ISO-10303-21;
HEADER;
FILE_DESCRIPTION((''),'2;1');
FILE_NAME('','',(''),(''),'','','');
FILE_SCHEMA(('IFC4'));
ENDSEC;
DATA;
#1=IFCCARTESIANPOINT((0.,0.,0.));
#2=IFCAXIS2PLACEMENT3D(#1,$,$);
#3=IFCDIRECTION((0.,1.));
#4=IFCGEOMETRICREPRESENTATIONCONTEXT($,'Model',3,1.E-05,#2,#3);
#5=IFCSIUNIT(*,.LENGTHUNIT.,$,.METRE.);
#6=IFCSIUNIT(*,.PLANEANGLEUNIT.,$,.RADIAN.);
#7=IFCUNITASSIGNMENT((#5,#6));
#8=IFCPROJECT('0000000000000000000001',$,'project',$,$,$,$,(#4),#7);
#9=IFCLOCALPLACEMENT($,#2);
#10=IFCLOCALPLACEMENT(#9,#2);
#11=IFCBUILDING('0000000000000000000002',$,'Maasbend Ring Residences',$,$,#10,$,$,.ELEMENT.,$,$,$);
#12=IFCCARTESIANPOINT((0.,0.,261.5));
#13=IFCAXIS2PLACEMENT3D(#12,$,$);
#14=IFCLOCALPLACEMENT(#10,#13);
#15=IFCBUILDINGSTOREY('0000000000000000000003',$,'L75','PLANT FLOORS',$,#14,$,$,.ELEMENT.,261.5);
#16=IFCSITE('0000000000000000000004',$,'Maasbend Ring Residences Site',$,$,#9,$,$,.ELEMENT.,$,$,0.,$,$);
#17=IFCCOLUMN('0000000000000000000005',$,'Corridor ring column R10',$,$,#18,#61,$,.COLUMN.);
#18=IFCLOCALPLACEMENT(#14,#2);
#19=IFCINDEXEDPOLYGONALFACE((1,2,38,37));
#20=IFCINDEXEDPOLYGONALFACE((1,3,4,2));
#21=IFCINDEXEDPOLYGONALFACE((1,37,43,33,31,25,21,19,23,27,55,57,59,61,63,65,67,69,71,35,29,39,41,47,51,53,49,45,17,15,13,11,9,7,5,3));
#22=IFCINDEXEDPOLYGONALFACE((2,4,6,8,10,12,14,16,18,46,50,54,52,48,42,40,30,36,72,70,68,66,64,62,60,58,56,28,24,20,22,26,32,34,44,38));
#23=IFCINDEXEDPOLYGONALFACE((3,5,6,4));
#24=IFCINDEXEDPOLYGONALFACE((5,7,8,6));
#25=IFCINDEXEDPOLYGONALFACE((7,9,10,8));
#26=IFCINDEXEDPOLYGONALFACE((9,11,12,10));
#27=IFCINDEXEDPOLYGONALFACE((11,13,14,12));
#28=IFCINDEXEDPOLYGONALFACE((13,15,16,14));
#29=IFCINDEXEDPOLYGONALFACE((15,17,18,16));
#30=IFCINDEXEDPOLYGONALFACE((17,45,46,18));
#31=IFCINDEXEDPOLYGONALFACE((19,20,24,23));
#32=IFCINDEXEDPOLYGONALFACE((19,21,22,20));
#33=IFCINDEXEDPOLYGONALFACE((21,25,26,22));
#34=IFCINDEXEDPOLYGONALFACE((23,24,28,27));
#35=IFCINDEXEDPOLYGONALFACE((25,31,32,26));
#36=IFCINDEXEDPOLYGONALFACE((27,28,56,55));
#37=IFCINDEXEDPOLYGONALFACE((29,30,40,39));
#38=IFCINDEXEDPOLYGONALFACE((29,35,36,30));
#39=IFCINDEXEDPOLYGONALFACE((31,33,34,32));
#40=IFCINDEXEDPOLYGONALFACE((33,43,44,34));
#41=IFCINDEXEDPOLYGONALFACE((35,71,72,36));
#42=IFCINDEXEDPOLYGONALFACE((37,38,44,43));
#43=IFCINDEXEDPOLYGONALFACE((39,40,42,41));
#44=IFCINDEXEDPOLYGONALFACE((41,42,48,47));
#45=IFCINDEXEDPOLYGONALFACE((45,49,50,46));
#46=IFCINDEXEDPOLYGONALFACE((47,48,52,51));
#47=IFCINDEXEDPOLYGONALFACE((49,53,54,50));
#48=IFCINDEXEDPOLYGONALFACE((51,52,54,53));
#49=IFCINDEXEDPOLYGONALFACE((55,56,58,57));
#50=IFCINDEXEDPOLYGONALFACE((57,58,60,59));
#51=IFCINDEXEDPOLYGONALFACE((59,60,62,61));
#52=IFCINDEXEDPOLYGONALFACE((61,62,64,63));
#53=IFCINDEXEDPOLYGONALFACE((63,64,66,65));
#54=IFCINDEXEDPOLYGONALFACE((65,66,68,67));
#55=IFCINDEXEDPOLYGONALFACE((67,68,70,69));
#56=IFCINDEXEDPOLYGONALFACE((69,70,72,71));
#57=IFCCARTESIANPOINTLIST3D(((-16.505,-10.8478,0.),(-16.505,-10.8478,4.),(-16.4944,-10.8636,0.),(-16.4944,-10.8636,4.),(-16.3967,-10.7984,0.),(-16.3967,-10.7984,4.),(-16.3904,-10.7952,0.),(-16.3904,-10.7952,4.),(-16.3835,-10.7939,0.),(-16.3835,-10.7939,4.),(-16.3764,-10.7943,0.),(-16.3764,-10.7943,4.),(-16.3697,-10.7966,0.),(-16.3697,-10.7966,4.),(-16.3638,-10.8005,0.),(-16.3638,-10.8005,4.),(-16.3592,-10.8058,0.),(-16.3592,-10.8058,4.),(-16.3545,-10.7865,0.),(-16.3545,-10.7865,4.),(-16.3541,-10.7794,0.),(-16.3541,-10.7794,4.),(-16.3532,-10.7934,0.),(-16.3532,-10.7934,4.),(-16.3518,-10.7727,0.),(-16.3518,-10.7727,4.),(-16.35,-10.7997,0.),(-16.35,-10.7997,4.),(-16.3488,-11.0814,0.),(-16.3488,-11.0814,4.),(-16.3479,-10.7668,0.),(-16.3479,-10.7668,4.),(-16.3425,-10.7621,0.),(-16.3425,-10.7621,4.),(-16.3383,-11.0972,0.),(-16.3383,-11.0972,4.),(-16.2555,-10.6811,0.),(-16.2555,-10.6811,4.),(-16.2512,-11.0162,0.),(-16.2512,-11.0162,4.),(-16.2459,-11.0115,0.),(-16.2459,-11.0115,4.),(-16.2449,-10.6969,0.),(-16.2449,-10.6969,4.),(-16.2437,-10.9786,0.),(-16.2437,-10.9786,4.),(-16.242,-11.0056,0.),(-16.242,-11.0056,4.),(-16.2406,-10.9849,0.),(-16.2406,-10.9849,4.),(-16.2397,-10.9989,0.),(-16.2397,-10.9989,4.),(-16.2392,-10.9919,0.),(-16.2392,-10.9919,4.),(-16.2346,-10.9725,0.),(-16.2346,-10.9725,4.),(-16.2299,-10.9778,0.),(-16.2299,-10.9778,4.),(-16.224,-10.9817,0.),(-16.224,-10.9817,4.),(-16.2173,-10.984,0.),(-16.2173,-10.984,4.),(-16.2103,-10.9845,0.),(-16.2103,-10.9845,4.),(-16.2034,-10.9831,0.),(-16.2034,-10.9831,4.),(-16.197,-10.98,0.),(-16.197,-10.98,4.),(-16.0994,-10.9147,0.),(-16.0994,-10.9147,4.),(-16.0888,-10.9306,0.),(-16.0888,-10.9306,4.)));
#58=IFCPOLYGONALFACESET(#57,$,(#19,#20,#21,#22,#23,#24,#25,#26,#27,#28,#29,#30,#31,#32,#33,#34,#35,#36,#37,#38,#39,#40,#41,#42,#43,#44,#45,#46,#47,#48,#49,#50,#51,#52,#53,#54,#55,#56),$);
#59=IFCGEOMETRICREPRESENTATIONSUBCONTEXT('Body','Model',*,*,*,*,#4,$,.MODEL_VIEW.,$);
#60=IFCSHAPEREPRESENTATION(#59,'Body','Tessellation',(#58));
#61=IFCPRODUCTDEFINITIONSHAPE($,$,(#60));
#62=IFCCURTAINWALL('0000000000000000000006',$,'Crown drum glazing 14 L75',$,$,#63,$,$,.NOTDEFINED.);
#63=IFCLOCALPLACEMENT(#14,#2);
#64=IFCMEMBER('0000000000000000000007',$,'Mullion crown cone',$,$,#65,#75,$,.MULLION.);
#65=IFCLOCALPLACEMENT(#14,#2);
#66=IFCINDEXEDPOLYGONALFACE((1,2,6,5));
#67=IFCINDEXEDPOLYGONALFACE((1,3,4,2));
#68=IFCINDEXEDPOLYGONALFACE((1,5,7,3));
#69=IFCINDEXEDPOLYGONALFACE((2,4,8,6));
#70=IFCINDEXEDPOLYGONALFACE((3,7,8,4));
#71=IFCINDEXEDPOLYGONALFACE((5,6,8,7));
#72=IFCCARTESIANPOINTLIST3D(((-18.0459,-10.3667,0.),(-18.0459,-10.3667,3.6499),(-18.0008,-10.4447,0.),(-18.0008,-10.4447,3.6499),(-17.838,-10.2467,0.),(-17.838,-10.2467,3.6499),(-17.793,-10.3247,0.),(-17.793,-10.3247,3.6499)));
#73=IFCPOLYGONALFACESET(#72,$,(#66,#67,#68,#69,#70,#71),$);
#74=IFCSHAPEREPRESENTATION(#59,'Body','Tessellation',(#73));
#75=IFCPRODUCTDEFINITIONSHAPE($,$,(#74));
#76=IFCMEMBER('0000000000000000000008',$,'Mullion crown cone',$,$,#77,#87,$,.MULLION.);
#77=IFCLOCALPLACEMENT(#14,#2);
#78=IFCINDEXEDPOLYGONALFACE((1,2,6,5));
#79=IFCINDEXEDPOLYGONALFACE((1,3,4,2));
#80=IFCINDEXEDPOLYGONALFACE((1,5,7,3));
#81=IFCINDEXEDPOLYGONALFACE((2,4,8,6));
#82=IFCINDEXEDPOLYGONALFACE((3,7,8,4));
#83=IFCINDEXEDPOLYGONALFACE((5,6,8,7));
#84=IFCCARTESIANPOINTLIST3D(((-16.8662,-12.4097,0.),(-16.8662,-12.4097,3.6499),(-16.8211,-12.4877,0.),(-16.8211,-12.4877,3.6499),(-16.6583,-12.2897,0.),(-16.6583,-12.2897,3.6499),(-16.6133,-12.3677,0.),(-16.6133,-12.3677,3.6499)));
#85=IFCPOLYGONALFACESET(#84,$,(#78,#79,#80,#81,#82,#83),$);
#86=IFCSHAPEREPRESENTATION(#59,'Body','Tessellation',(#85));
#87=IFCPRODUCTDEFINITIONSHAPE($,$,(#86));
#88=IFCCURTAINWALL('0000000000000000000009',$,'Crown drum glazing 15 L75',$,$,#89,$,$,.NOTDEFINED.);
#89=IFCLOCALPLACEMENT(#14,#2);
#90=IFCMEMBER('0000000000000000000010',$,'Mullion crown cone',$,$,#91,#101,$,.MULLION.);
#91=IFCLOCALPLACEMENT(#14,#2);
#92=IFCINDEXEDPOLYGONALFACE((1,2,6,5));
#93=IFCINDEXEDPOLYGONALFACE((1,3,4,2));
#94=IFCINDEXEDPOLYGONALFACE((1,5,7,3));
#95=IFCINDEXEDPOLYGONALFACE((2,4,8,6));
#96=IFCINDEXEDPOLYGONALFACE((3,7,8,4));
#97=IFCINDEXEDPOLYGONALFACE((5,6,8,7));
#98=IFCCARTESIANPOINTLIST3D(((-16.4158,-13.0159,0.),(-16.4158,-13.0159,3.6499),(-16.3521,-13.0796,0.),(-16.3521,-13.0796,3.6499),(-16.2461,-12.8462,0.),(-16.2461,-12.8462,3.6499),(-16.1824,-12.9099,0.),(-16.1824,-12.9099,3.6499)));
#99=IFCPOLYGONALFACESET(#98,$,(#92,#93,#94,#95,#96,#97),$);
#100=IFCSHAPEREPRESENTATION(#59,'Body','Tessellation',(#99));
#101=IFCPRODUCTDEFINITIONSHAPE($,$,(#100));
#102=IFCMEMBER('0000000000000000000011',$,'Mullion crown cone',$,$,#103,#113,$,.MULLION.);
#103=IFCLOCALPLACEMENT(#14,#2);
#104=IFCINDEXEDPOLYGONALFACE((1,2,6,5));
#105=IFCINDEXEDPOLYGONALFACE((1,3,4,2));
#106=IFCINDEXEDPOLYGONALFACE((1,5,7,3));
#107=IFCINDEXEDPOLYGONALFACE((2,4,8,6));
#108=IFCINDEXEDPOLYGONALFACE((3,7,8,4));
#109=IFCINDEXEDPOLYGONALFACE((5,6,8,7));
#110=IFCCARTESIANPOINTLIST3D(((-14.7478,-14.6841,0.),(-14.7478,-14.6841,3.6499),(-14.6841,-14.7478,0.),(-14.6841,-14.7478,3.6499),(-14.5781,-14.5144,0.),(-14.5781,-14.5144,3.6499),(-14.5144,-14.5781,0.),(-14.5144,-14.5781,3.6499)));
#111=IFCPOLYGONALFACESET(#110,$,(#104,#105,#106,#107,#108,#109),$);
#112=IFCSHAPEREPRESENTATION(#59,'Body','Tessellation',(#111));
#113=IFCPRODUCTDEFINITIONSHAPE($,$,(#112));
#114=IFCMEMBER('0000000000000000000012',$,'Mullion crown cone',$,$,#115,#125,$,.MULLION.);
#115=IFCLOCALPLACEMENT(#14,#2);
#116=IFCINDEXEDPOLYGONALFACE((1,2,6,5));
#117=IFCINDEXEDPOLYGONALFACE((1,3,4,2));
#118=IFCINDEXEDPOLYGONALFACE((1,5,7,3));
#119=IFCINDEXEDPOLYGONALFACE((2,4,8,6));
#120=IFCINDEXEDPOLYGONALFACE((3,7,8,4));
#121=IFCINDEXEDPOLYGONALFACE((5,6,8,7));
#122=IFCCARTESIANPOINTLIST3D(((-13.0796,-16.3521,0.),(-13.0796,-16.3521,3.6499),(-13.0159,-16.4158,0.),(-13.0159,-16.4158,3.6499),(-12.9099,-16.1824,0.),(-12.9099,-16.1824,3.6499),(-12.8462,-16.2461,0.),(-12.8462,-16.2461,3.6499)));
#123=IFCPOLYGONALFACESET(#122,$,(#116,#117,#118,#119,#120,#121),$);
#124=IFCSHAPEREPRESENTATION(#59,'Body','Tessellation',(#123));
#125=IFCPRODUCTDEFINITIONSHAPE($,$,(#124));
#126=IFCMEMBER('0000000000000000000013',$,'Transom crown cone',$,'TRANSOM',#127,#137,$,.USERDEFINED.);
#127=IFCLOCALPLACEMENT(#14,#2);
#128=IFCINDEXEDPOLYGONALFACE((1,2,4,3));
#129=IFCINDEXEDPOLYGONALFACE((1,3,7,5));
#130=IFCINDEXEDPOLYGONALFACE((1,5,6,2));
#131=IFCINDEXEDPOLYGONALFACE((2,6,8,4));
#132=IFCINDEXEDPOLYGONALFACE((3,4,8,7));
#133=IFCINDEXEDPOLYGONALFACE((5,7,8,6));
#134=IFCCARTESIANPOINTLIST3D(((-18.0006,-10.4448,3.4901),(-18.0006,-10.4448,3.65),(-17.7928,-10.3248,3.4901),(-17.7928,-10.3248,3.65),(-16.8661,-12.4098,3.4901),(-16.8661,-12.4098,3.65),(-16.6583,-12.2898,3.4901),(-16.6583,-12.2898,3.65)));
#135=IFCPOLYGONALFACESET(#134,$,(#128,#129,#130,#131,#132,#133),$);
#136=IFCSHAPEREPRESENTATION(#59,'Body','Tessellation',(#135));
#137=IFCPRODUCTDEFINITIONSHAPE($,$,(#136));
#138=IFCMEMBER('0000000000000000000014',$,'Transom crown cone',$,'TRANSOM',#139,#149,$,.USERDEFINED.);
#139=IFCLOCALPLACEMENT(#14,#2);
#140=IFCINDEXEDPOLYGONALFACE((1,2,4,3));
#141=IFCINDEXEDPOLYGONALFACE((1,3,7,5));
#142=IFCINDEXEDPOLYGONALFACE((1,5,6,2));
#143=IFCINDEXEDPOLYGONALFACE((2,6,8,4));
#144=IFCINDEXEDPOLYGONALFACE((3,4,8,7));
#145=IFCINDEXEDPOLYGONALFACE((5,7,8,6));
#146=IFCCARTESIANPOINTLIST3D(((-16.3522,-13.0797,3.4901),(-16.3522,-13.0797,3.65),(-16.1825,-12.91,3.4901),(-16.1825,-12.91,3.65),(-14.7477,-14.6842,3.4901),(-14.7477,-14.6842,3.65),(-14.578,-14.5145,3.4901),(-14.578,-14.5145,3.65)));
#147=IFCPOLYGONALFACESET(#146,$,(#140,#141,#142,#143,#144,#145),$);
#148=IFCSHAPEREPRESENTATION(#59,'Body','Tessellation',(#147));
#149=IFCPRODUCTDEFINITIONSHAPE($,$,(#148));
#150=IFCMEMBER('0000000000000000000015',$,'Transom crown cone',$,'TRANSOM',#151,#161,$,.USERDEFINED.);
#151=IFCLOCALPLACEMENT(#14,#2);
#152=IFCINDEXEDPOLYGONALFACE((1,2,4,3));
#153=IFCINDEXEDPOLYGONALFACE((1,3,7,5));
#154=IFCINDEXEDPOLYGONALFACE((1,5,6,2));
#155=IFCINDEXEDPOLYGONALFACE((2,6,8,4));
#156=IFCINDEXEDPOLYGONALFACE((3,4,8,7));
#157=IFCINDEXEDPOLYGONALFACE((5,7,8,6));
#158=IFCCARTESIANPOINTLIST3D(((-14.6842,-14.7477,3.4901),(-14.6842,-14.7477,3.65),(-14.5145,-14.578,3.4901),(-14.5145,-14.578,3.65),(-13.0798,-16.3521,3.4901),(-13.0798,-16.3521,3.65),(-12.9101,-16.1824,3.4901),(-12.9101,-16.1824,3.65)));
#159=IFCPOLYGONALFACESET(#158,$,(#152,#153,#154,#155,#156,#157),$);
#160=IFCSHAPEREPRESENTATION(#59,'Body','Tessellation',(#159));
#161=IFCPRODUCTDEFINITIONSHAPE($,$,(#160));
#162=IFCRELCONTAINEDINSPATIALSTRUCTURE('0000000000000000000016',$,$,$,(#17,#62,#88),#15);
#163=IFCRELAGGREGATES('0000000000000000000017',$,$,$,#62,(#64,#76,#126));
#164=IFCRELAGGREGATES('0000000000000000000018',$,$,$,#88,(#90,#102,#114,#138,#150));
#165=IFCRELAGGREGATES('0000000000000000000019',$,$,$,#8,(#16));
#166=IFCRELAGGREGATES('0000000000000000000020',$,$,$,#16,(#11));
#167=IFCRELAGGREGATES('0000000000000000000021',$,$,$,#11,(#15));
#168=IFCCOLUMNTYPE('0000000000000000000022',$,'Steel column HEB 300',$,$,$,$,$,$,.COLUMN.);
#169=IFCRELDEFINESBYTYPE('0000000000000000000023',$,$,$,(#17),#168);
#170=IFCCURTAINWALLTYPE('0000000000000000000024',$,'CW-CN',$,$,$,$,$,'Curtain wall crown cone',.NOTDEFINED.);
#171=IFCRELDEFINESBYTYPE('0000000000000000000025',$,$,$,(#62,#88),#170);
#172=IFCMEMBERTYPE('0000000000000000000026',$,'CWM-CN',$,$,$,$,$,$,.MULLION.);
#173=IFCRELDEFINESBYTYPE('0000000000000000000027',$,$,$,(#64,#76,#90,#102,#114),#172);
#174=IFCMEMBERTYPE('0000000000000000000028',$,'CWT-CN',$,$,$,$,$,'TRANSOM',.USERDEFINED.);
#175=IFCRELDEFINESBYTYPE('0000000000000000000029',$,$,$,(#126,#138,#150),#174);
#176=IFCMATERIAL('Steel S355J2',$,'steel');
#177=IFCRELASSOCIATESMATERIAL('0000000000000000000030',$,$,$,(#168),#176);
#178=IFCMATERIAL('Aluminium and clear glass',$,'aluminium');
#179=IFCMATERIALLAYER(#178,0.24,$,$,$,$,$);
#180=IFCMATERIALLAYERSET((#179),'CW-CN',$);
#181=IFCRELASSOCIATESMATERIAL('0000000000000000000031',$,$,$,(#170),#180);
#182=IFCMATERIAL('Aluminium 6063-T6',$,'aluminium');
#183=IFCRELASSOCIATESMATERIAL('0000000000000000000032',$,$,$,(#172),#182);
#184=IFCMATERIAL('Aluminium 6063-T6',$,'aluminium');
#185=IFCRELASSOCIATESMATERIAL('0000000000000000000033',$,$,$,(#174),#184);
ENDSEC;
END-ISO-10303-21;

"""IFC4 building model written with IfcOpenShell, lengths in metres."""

from ifc_helpers import new_model, si_unit, direction, frame, origin, origin_2d, place, context, subcontext, project, spatial, rectangle, i_section, extrude, material, layer, layer_set, material_profile, profile_set, type_object, element, aggregate, save


model = new_model("IFC4")

# Units and contexts
model_context = context("Model", 3, precision=1e-05, world=origin(), true_north=direction((0.0, 1.0)))
body_context = subcontext(model_context, "Body", "Model", "MODEL_VIEW")
ifc_project = project(units=[si_unit("LENGTHUNIT", "METRE"), si_unit("PLANEANGLEUNIT", "RADIAN")], contexts=[model_context])

# Site, building, storey
site_placement = place(None, origin())
site = spatial("IfcSite", under=ifc_project, at=site_placement, Name="Maasbend Ring Residences Site", CompositionType="ELEMENT", RefElevation=0.0)
building_placement = place(site_placement, origin())
building = spatial("IfcBuilding", under=site, at=building_placement, Name="Maasbend Ring Residences", CompositionType="ELEMENT")
storey_placement = place(building_placement, frame((0.0, 0.0, 261.5)))
storey = spatial("IfcBuildingStorey", under=building, at=storey_placement, Name="L75", Description="PLANT FLOORS", CompositionType="ELEMENT", Elevation=261.5)

# Column
ifc_material_1 = material(Name="Steel S355J2", Category="steel")
ifc_material_profile_1 = material_profile(ifc_material_1, i_section(OverallWidth=0.3, OverallDepth=0.3, WebThickness=0.011, FlangeThickness=0.019, FilletRadius=0.0271, at=origin_2d()), Name="HEB 300")
ifc_profile_set_1 = profile_set([ifc_material_profile_1], Name="Steel S355J2")
column_type = type_object("IfcColumnType", Name="Steel column HEB 300", PredefinedType="COLUMN", material=ifc_profile_set_1)
column_placement = place(storey_placement, frame((-16.2969, -10.8892, 0.0), z_axis=(0.0, 0.0, 1.0), x_axis=(-0.83147, -0.55557, 0.0)))
element("IfcColumn", 1, at=column_placement, inside=storey, type_object=column_type, Name="Corridor ring column R10", PredefinedType="COLUMN", context=body_context, shape_type="SweptSolid", body=[
    extrude(i_section(OverallWidth=0.3, OverallDepth=0.3, WebThickness=0.011, FlangeThickness=0.019, FilletRadius=0.0271, at=origin_2d()), origin(), (0.0, 0.0, 1.0), 4.0),
])

# Curtain walls, members
ifc_material_2 = material(Name="Aluminium and clear glass", Category="aluminium")
ifc_layer_1 = layer(ifc_material_2, 0.24)
ifc_layer_set_1 = layer_set([ifc_layer_1], Name="CW-CN")
curtain_wall_type = type_object("IfcCurtainWallType", Name="CW-CN", ElementType="Curtain wall crown cone", PredefinedType="NOTDEFINED", material=ifc_layer_set_1)
curtain_wall_1_placement = place(storey_placement, origin())
curtain_wall_1 = element("IfcCurtainWall", 2, at=curtain_wall_1_placement, inside=storey, type_object=curtain_wall_type, Name="Crown drum glazing 14 L75", PredefinedType="NOTDEFINED")
ifc_material_3 = material(Name="Aluminium 6063-T6", Category="aluminium")
ifc_material_profile_2 = material_profile(ifc_material_3, rectangle(XDim=0.24, YDim=0.0901, at=origin_2d()), Name="AL 240x90")
ifc_profile_set_2 = profile_set([ifc_material_profile_2], Name="Aluminium 6063-T6")
member_type_1 = type_object("IfcMemberType", Name="CWM-CN", PredefinedType="MULLION", material=ifc_profile_set_2)
member_1_placement = place(storey_placement, frame((-17.9194, -10.3457, 0.0), z_axis=(0.0, 0.0, 1.0), x_axis=(0.866025, 0.5, 0.0)))
member_1 = element("IfcMember", 3, at=member_1_placement, type_object=member_type_1, Name="Mullion crown cone", PredefinedType="MULLION", context=body_context, shape_type="SweptSolid", body=[
    extrude(rectangle(XDim=0.24, YDim=0.0901, at=origin_2d()), origin(), (0.0, 0.0, 1.0), 3.6499),
])
member_2_placement = place(storey_placement, frame((-16.7397, -12.3887, 0.0), z_axis=(0.0, 0.0, 1.0), x_axis=(0.866025, 0.5, 0.0)))
member_2 = element("IfcMember", 4, at=member_2_placement, type_object=member_type_1, Name="Mullion crown cone", PredefinedType="MULLION", context=body_context, shape_type="SweptSolid", body=[
    extrude(rectangle(XDim=0.24, YDim=0.0901, at=origin_2d()), origin(), (0.0, 0.0, 1.0), 3.6499),
])
curtain_wall_2_placement = place(storey_placement, origin())
curtain_wall_2 = element("IfcCurtainWall", 5, at=curtain_wall_2_placement, inside=storey, type_object=curtain_wall_type, Name="Crown drum glazing 15 L75", PredefinedType="NOTDEFINED")
member_3_placement = place(storey_placement, frame((-16.2991, -12.9629, 0.0), z_axis=(0.0, 0.0, 1.0), x_axis=(0.707107, 0.707107, 0.0)))
member_3 = element("IfcMember", 6, at=member_3_placement, type_object=member_type_1, Name="Mullion crown cone", PredefinedType="MULLION", context=body_context, shape_type="SweptSolid", body=[
    extrude(rectangle(XDim=0.24, YDim=0.0901, at=origin_2d()), origin(), (0.0, 0.0, 1.0), 3.6499),
])
member_4_placement = place(storey_placement, frame((-14.6311, -14.6311, 0.0), z_axis=(0.0, 0.0, 1.0), x_axis=(0.707107, 0.707107, 0.0)))
member_4 = element("IfcMember", 7, at=member_4_placement, type_object=member_type_1, Name="Mullion crown cone", PredefinedType="MULLION", context=body_context, shape_type="SweptSolid", body=[
    extrude(rectangle(XDim=0.24, YDim=0.0901, at=origin_2d()), origin(), (0.0, 0.0, 1.0), 3.6499),
])
member_5_placement = place(storey_placement, frame((-12.9629, -16.2991, 0.0), z_axis=(0.0, 0.0, 1.0), x_axis=(0.707107, 0.707107, 0.0)))
member_5 = element("IfcMember", 8, at=member_5_placement, type_object=member_type_1, Name="Mullion crown cone", PredefinedType="MULLION", context=body_context, shape_type="SweptSolid", body=[
    extrude(rectangle(XDim=0.24, YDim=0.0901, at=origin_2d()), origin(), (0.0, 0.0, 1.0), 3.6499),
])

# Members
ifc_material_4 = material(Name="Aluminium 6063-T6", Category="aluminium")
ifc_material_profile_3 = material_profile(ifc_material_4, rectangle(XDim=0.24, YDim=0.1599, at=origin_2d()), Name="AL 240x160")
ifc_profile_set_3 = profile_set([ifc_material_profile_3], Name="Aluminium 6063-T6")
member_type_2 = type_object("IfcMemberType", Name="CWT-CN", ElementType="TRANSOM", PredefinedType="USERDEFINED", material=ifc_profile_set_3)
member_6_placement = place(storey_placement, frame((-17.8967, -10.3848, 3.5701), z_axis=(0.499993, -0.86603, 0.0), x_axis=(0.86603, 0.499993, 0.0)))
member_6 = element("IfcMember", 9, at=member_6_placement, type_object=member_type_2, Name="Transom crown cone", ObjectType="TRANSOM", PredefinedType="USERDEFINED", context=body_context, shape_type="SweptSolid", body=[
    extrude(rectangle(XDim=0.24, YDim=0.1599, at=origin_2d()), origin(), (0.0, 0.0, 1.0), 2.269),
])
member_7_placement = place(storey_placement, frame((-16.2673, -12.9949, 3.5701), z_axis=(0.707107, -0.707107, 0.0), x_axis=(0.707107, 0.707107, 0.0)))
member_7 = element("IfcMember", 10, at=member_7_placement, type_object=member_type_2, Name="Transom crown cone", ObjectType="TRANSOM", PredefinedType="USERDEFINED", context=body_context, shape_type="SweptSolid", body=[
    extrude(rectangle(XDim=0.24, YDim=0.1599, at=origin_2d()), origin(), (0.0, 0.0, 1.0), 2.269),
])
member_8_placement = place(storey_placement, frame((-14.5994, -14.6628, 3.5701), z_axis=(0.707107, -0.707107, 0.0), x_axis=(0.707107, 0.707107, 0.0)))
member_8 = element("IfcMember", 11, at=member_8_placement, type_object=member_type_2, Name="Transom crown cone", ObjectType="TRANSOM", PredefinedType="USERDEFINED", context=body_context, shape_type="SweptSolid", body=[
    extrude(rectangle(XDim=0.24, YDim=0.1599, at=origin_2d()), origin(), (0.0, 0.0, 1.0), 2.269),
])

aggregate(curtain_wall_1, [member_1, member_2, member_6])
aggregate(curtain_wall_2, [member_3, member_4, member_5, member_7, member_8])

save(model, "model.ifc")
